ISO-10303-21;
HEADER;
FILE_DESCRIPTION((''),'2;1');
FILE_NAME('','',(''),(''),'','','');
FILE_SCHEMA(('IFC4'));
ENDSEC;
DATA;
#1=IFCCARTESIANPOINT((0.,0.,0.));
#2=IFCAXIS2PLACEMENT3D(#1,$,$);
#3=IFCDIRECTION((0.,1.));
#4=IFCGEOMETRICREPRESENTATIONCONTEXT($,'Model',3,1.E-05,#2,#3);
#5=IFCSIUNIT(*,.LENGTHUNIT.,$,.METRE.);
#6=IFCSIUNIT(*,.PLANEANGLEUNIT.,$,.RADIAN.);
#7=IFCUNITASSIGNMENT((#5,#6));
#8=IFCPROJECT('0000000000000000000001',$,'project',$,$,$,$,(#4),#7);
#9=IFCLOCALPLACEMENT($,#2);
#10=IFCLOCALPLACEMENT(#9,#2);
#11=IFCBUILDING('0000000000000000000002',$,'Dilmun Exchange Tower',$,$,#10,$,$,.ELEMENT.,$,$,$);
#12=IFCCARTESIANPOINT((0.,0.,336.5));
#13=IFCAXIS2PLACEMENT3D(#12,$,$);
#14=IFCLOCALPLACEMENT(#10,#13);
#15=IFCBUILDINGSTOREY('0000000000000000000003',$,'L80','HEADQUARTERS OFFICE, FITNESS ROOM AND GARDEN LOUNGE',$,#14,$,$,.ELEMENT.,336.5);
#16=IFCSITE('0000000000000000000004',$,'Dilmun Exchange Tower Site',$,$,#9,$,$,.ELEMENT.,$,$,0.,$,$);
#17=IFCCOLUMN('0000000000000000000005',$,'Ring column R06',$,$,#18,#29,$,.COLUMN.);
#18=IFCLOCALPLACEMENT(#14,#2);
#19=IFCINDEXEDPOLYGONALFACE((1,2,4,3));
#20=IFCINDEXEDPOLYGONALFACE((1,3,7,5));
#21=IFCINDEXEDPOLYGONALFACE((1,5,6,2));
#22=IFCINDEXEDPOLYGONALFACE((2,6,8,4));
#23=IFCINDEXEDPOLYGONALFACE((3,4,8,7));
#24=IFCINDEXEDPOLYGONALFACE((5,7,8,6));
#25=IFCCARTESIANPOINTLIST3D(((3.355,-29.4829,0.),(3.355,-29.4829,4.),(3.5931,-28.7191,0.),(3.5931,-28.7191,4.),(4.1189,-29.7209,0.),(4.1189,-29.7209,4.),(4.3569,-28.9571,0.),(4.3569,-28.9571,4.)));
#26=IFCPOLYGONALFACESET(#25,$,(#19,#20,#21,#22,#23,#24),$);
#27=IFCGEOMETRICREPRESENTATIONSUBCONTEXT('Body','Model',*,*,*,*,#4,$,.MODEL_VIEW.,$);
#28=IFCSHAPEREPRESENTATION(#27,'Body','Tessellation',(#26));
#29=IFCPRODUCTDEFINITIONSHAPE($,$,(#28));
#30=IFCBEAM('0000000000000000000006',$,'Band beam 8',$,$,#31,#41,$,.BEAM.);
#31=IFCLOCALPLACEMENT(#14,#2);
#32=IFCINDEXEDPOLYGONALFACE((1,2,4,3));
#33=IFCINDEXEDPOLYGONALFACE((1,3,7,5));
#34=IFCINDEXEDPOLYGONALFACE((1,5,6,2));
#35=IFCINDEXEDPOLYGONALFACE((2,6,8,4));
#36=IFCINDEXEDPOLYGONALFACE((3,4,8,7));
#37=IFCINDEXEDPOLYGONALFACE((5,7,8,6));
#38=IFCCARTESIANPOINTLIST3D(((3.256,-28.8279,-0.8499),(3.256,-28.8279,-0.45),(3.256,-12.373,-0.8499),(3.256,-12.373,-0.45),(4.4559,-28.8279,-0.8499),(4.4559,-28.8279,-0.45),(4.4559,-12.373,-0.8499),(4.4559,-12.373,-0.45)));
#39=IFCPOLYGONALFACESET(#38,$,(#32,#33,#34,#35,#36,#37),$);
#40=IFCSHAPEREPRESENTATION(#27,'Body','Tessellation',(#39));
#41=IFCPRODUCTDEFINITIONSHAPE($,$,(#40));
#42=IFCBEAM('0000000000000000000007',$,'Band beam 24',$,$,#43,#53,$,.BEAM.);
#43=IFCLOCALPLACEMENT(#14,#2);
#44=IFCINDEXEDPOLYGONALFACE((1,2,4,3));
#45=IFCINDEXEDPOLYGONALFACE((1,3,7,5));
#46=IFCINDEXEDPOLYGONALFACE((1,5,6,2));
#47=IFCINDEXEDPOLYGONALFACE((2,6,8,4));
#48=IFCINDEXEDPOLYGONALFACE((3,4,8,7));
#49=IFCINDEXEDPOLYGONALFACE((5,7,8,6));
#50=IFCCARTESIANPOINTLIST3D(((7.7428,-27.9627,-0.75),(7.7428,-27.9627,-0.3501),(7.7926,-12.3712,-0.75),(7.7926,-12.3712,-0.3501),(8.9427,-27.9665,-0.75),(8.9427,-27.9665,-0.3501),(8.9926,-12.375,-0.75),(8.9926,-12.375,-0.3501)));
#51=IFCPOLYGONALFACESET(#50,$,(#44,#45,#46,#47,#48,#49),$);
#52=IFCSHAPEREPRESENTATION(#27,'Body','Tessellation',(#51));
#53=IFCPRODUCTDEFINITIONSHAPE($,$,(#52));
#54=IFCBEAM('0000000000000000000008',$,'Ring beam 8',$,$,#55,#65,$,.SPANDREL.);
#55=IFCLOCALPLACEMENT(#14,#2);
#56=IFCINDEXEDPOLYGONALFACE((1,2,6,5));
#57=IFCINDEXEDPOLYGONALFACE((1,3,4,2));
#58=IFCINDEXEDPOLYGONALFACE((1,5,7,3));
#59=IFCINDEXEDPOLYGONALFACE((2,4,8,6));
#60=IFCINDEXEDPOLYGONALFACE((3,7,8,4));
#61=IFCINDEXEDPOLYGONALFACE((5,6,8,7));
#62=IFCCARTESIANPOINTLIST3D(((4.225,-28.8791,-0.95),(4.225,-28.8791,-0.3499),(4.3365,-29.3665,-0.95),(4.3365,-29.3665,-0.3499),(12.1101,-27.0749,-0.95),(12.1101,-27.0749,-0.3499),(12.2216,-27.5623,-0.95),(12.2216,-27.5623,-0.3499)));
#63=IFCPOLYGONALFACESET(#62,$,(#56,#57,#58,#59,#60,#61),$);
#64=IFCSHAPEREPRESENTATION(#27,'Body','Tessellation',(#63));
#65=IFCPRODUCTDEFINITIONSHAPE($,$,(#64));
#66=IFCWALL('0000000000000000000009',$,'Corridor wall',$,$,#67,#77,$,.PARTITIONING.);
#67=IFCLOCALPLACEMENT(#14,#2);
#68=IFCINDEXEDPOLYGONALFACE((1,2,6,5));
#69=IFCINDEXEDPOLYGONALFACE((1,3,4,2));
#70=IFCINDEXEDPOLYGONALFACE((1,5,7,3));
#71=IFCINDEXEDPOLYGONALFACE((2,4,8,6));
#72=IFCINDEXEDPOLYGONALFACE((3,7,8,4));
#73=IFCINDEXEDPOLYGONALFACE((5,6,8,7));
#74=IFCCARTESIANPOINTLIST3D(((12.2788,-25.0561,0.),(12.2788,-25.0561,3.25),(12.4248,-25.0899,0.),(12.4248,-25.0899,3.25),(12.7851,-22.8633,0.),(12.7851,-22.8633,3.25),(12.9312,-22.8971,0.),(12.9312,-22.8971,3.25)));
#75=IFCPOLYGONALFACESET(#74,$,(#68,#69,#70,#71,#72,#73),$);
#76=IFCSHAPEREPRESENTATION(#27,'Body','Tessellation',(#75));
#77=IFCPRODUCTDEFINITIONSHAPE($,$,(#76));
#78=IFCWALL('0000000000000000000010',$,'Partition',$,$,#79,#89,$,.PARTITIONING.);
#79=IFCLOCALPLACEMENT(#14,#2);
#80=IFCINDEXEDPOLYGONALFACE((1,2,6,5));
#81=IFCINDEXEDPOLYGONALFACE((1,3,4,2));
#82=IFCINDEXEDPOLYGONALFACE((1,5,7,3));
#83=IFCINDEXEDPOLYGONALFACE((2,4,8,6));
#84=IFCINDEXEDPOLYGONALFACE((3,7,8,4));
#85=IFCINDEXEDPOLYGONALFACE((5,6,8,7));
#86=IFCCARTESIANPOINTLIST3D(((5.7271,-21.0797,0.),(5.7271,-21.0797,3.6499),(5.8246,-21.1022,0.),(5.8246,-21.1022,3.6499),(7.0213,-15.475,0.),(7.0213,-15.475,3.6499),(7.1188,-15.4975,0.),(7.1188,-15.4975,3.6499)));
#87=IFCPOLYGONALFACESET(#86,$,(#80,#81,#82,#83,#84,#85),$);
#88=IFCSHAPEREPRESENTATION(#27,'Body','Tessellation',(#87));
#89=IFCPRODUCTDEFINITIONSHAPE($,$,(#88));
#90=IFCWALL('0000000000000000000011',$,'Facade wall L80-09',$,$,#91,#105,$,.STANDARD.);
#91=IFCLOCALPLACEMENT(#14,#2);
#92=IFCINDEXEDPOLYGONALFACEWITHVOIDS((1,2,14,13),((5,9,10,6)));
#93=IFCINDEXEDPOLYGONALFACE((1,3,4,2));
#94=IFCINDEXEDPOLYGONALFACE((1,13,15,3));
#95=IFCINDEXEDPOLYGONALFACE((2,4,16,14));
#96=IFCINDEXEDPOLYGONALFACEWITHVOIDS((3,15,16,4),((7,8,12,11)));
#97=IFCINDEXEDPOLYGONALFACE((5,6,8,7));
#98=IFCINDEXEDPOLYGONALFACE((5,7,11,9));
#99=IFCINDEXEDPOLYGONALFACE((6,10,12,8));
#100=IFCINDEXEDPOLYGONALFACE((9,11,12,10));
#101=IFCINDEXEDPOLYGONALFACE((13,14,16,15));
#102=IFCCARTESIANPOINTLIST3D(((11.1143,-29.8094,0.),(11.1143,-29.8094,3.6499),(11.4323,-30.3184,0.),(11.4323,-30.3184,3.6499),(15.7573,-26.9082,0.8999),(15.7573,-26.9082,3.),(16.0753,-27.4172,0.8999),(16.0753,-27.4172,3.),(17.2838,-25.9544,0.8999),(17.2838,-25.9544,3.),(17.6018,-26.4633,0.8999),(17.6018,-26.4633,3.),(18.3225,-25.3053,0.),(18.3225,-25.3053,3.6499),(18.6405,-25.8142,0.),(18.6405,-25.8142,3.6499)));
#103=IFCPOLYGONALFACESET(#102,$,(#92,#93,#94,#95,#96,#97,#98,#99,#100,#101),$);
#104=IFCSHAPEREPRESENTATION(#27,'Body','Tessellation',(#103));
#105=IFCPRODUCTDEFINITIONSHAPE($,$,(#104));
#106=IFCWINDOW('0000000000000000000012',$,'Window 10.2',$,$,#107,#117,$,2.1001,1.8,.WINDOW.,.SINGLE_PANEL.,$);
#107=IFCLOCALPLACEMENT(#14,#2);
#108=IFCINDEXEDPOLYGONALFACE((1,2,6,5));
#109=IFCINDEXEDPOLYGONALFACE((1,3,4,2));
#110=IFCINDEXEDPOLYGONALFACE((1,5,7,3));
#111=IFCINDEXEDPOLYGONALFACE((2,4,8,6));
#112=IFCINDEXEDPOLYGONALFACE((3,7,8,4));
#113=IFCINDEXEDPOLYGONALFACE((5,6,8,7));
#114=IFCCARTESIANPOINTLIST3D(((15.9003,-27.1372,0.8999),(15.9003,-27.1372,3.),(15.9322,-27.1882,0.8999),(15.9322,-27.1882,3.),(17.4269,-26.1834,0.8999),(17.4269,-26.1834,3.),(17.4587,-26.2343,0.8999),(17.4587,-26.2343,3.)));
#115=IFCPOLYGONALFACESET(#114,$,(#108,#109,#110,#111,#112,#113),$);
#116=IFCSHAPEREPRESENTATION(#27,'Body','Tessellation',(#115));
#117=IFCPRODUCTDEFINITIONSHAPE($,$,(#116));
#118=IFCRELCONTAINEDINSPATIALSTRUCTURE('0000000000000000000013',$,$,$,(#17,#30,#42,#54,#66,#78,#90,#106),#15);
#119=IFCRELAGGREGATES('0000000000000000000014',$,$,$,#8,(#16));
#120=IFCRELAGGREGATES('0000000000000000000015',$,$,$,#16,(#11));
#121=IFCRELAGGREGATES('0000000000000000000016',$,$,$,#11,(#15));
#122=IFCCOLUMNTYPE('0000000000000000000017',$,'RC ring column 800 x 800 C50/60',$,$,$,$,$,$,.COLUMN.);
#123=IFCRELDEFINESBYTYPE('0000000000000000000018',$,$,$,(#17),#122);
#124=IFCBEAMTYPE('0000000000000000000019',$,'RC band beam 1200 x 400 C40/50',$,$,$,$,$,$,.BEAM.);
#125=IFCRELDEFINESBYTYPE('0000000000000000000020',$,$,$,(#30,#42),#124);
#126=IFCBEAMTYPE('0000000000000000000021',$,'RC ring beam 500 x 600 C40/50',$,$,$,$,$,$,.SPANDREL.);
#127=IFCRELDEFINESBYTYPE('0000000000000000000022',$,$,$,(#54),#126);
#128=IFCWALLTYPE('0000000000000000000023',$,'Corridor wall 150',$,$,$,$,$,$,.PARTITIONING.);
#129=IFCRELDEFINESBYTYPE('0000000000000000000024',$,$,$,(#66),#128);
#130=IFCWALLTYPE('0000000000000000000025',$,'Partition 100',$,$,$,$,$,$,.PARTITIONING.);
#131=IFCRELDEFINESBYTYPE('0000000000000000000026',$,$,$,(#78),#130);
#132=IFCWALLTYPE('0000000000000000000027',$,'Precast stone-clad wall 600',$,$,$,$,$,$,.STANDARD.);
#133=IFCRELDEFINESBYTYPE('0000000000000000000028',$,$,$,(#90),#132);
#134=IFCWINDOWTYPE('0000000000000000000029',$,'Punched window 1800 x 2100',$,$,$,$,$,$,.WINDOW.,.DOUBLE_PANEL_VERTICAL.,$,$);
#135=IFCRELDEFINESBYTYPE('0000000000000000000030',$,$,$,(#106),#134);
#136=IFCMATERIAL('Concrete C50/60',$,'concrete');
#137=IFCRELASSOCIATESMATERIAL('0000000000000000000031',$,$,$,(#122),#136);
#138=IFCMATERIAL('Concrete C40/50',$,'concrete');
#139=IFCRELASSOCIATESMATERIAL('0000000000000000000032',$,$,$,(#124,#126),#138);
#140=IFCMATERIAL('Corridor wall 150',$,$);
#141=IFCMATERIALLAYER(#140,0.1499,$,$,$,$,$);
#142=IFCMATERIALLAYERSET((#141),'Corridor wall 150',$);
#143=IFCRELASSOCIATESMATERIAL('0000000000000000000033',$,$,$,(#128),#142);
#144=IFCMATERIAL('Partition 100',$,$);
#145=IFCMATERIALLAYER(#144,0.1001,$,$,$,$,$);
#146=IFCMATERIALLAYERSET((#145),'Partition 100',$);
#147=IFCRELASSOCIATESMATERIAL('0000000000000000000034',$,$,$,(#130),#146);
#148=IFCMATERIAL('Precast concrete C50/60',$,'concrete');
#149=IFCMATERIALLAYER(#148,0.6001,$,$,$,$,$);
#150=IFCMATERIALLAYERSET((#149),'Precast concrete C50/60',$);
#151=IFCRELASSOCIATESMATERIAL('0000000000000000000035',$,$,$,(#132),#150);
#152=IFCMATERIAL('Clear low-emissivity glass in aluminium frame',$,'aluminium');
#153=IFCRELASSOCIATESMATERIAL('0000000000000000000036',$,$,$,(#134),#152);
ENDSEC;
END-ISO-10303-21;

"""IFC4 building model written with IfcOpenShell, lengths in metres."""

from ifc_helpers import new_model, si_unit, direction, frame, frame_2d, origin, origin_2d, place, context, subcontext, project, spatial, rectangle, extrude, material, layer, layer_set, material_profile, profile_set, type_object, element, fill, save


model = new_model("IFC4")

# Units and contexts
model_context = context("Model", 3, precision=1e-05, world=origin(), true_north=direction((0.0, 1.0)))
body_context = subcontext(model_context, "Body", "Model", "MODEL_VIEW")
ifc_project = project(units=[si_unit("LENGTHUNIT", "METRE"), si_unit("PLANEANGLEUNIT", "RADIAN")], contexts=[model_context])

# Site, building, storey
site_placement = place(None, origin())
site = spatial("IfcSite", under=ifc_project, at=site_placement, Name="Dilmun Exchange Tower Site", CompositionType="ELEMENT", RefElevation=0.0)
building_placement = place(site_placement, origin())
building = spatial("IfcBuilding", under=site, at=building_placement, Name="Dilmun Exchange Tower", CompositionType="ELEMENT")
storey_placement = place(building_placement, frame((0.0, 0.0, 336.5)))
storey = spatial("IfcBuildingStorey", under=building, at=storey_placement, Name="L80", Description="HEADQUARTERS OFFICE, FITNESS ROOM AND GARDEN LOUNGE", CompositionType="ELEMENT", Elevation=336.5)

# Column
ifc_material_1 = material(Name="Concrete C50/60", Category="concrete")
ifc_material_profile_1 = material_profile(ifc_material_1, rectangle(XDim=0.8, YDim=0.8, at=origin_2d()), Name="800 x 800")
ifc_profile_set_1 = profile_set([ifc_material_profile_1], Name="Concrete C50/60")
column_type = type_object("IfcColumnType", Name="RC ring column 800 x 800 C50/60", PredefinedType="COLUMN", material=ifc_profile_set_1)
column_placement = place(storey_placement, frame((3.856, -29.22, 0.0), z_axis=(0.0, 0.0, 1.0), x_axis=(0.297503, 0.954721, 0.0)))
element("IfcColumn", 1, at=column_placement, inside=storey, type_object=column_type, Name="Ring column R06", PredefinedType="COLUMN", context=body_context, shape_type="SweptSolid", body=[
    extrude(rectangle(XDim=0.8, YDim=0.8, at=origin_2d()), origin(), (0.0, 0.0, 1.0), 4.0),
])

# Beams
ifc_material_2 = material(Name="Concrete C40/50", Category="concrete")
ifc_material_profile_2 = material_profile(ifc_material_2, rectangle(XDim=1.2, YDim=0.3999, at=origin_2d()), Name="1200 x 400")
ifc_profile_set_2 = profile_set([ifc_material_profile_2], Name="Concrete C40/50")
beam_type_1 = type_object("IfcBeamType", Name="RC band beam 1200 x 400 C40/50", PredefinedType="BEAM", material=ifc_profile_set_2)
beam_1_placement = place(storey_placement, frame((3.856, -28.8279, -0.6499), z_axis=(0.0, 1.0, 0.0), x_axis=(-1.0, 0.0, 0.0)))
element("IfcBeam", 2, at=beam_1_placement, inside=storey, type_object=beam_type_1, Name="Band beam 8", PredefinedType="BEAM", context=body_context, shape_type="SweptSolid", body=[
    extrude(rectangle(XDim=1.2, YDim=0.3999, at=origin_2d()), origin(), (0.0, 0.0, 1.0), 16.4548),
])
beam_2_placement = place(storey_placement, frame((8.3428, -27.9646, -0.55), z_axis=(0.003194, 0.999995, 0.0), x_axis=(-0.999995, 0.003194, 0.0)))
element("IfcBeam", 3, at=beam_2_placement, inside=storey, type_object=beam_type_1, Name="Band beam 24", PredefinedType="BEAM", context=body_context, shape_type="SweptSolid", body=[
    extrude(rectangle(XDim=1.2, YDim=0.3999, at=origin_2d()), origin(), (0.0, 0.0, 1.0), 15.5916),
])
ifc_material_profile_3 = material_profile(ifc_material_2, rectangle(XDim=0.5, YDim=0.6001, at=origin_2d()), Name="500 x 600")
ifc_profile_set_3 = profile_set([ifc_material_profile_3], Name="Concrete C40/50")
beam_type_2 = type_object("IfcBeamType", Name="RC ring beam 500 x 600 C40/50", PredefinedType="SPANDREL", material=ifc_profile_set_3)
beam_3_placement = place(storey_placement, frame((4.2808, -29.1228, -0.6499), z_axis=(0.974807, 0.223049, 0.0), x_axis=(-0.223049, 0.974807, 0.0)))
element("IfcBeam", 4, at=beam_3_placement, inside=storey, type_object=beam_type_2, Name="Ring beam 8", PredefinedType="SPANDREL", context=body_context, shape_type="SweptSolid", body=[
    extrude(rectangle(XDim=0.5, YDim=0.6001, at=origin_2d()), origin(), (0.0, 0.0, 1.0), 8.0889),
])

# Walls
ifc_material_3 = material(Name="Corridor wall 150")
ifc_layer_1 = layer(ifc_material_3, 0.1499)
ifc_layer_set_1 = layer_set([ifc_layer_1], Name="Corridor wall 150")
wall_type_1 = type_object("IfcWallType", Name="Corridor wall 150", PredefinedType="PARTITIONING", material=ifc_layer_set_1)
wall_1_placement = place(storey_placement, frame((12.3518, -25.073, 0.0), z_axis=(0.0, 0.0, 1.0), x_axis=(0.224986, 0.974362, 0.0)))
element("IfcWall", 5, at=wall_1_placement, inside=storey, type_object=wall_type_1, Name="Corridor wall", PredefinedType="PARTITIONING", context=body_context, shape_type="SweptSolid", body=[
    extrude(rectangle(XDim=2.2505, YDim=0.1499, at=frame_2d((1.1252, 0.0))), origin(), (0.0, 0.0, 1.0), 3.25),
])
ifc_material_4 = material(Name="Partition 100")
ifc_layer_2 = layer(ifc_material_4, 0.1001)
ifc_layer_set_2 = layer_set([ifc_layer_2], Name="Partition 100")
wall_type_2 = type_object("IfcWallType", Name="Partition 100", PredefinedType="PARTITIONING", material=ifc_layer_set_2)
wall_2_placement = place(storey_placement, frame((5.7759, -21.0908, 0.0), z_axis=(0.0, 0.0, 1.0), x_axis=(0.22499, 0.974361, 0.0)))
element("IfcWall", 6, at=wall_2_placement, inside=storey, type_object=wall_type_2, Name="Partition", PredefinedType="PARTITIONING", context=body_context, shape_type="SweptSolid", body=[
    extrude(rectangle(XDim=5.7522, YDim=0.1001, at=frame_2d((2.876, 0.0))), origin(), (0.0, 0.0, 1.0), 3.6499),
])

# Wall, opening, window
ifc_material_5 = material(Name="Precast concrete C50/60", Category="concrete")
ifc_layer_3 = layer(ifc_material_5, 0.6001)
ifc_layer_set_3 = layer_set([ifc_layer_3], Name="Precast concrete C50/60")
wall_type_3 = type_object("IfcWallType", Name="Precast stone-clad wall 600", PredefinedType="STANDARD", material=ifc_layer_set_3)
wall_3_placement = place(storey_placement, frame((11.2732, -30.064, 0.0), z_axis=(0.0, 0.0, 1.0), x_axis=(0.848052, 0.529914, 0.0)))
wall_3 = element("IfcWall", 7, at=wall_3_placement, inside=storey, type_object=wall_type_3, Name="Facade wall L80-09", PredefinedType="STANDARD", context=body_context, shape_type="SweptSolid", body=[
    extrude(rectangle(XDim=8.4998, YDim=0.6001, at=frame_2d((4.25, 0.0))), origin(), (0.0, 0.0, 1.0), 3.6499),
])
opening_placement = place(wall_3_placement, frame((5.4751, 0.0, 0.8999)))
opening = element("IfcOpeningElement", 8, at=opening_placement, cuts=wall_3, PredefinedType="OPENING", context=body_context, shape_type="SweptSolid", body=[
    extrude(rectangle(XDim=1.8, YDim=2.1001, at=frame_2d((0.8999, 1.05))), frame((0.0, 0.3101, 0.0), z_axis=(0.0, -1.0, 0.0), x_axis=(1.0, 0.0, 0.0)), (0.0, 0.0, 1.0), 0.6201),
])
ifc_material_6 = material(Name="Clear low-emissivity glass in aluminium frame", Category="aluminium")
window_type = type_object("IfcWindowType", Name="Punched window 1800 x 2100", PartitioningType="DOUBLE_PANEL_VERTICAL", PredefinedType="WINDOW", material=ifc_material_6)
window_placement = place(opening_placement, origin())
window = element("IfcWindow", 9, at=window_placement, inside=storey, type_object=window_type, Name="Window 10.2", OverallHeight=2.1001, OverallWidth=1.8, PartitioningType="SINGLE_PANEL", PredefinedType="WINDOW", context=body_context, shape_type="SweptSolid", body=[
    extrude(rectangle(XDim=1.8, YDim=2.1001, at=frame_2d((0.8999, 1.05))), frame((0.0, 0.03, 0.0), z_axis=(0.0, -1.0, 0.0), x_axis=(1.0, 0.0, 0.0)), (0.0, 0.0, 1.0), 0.0601),
])
fill(opening, window)

save(model, "model.ifc")
